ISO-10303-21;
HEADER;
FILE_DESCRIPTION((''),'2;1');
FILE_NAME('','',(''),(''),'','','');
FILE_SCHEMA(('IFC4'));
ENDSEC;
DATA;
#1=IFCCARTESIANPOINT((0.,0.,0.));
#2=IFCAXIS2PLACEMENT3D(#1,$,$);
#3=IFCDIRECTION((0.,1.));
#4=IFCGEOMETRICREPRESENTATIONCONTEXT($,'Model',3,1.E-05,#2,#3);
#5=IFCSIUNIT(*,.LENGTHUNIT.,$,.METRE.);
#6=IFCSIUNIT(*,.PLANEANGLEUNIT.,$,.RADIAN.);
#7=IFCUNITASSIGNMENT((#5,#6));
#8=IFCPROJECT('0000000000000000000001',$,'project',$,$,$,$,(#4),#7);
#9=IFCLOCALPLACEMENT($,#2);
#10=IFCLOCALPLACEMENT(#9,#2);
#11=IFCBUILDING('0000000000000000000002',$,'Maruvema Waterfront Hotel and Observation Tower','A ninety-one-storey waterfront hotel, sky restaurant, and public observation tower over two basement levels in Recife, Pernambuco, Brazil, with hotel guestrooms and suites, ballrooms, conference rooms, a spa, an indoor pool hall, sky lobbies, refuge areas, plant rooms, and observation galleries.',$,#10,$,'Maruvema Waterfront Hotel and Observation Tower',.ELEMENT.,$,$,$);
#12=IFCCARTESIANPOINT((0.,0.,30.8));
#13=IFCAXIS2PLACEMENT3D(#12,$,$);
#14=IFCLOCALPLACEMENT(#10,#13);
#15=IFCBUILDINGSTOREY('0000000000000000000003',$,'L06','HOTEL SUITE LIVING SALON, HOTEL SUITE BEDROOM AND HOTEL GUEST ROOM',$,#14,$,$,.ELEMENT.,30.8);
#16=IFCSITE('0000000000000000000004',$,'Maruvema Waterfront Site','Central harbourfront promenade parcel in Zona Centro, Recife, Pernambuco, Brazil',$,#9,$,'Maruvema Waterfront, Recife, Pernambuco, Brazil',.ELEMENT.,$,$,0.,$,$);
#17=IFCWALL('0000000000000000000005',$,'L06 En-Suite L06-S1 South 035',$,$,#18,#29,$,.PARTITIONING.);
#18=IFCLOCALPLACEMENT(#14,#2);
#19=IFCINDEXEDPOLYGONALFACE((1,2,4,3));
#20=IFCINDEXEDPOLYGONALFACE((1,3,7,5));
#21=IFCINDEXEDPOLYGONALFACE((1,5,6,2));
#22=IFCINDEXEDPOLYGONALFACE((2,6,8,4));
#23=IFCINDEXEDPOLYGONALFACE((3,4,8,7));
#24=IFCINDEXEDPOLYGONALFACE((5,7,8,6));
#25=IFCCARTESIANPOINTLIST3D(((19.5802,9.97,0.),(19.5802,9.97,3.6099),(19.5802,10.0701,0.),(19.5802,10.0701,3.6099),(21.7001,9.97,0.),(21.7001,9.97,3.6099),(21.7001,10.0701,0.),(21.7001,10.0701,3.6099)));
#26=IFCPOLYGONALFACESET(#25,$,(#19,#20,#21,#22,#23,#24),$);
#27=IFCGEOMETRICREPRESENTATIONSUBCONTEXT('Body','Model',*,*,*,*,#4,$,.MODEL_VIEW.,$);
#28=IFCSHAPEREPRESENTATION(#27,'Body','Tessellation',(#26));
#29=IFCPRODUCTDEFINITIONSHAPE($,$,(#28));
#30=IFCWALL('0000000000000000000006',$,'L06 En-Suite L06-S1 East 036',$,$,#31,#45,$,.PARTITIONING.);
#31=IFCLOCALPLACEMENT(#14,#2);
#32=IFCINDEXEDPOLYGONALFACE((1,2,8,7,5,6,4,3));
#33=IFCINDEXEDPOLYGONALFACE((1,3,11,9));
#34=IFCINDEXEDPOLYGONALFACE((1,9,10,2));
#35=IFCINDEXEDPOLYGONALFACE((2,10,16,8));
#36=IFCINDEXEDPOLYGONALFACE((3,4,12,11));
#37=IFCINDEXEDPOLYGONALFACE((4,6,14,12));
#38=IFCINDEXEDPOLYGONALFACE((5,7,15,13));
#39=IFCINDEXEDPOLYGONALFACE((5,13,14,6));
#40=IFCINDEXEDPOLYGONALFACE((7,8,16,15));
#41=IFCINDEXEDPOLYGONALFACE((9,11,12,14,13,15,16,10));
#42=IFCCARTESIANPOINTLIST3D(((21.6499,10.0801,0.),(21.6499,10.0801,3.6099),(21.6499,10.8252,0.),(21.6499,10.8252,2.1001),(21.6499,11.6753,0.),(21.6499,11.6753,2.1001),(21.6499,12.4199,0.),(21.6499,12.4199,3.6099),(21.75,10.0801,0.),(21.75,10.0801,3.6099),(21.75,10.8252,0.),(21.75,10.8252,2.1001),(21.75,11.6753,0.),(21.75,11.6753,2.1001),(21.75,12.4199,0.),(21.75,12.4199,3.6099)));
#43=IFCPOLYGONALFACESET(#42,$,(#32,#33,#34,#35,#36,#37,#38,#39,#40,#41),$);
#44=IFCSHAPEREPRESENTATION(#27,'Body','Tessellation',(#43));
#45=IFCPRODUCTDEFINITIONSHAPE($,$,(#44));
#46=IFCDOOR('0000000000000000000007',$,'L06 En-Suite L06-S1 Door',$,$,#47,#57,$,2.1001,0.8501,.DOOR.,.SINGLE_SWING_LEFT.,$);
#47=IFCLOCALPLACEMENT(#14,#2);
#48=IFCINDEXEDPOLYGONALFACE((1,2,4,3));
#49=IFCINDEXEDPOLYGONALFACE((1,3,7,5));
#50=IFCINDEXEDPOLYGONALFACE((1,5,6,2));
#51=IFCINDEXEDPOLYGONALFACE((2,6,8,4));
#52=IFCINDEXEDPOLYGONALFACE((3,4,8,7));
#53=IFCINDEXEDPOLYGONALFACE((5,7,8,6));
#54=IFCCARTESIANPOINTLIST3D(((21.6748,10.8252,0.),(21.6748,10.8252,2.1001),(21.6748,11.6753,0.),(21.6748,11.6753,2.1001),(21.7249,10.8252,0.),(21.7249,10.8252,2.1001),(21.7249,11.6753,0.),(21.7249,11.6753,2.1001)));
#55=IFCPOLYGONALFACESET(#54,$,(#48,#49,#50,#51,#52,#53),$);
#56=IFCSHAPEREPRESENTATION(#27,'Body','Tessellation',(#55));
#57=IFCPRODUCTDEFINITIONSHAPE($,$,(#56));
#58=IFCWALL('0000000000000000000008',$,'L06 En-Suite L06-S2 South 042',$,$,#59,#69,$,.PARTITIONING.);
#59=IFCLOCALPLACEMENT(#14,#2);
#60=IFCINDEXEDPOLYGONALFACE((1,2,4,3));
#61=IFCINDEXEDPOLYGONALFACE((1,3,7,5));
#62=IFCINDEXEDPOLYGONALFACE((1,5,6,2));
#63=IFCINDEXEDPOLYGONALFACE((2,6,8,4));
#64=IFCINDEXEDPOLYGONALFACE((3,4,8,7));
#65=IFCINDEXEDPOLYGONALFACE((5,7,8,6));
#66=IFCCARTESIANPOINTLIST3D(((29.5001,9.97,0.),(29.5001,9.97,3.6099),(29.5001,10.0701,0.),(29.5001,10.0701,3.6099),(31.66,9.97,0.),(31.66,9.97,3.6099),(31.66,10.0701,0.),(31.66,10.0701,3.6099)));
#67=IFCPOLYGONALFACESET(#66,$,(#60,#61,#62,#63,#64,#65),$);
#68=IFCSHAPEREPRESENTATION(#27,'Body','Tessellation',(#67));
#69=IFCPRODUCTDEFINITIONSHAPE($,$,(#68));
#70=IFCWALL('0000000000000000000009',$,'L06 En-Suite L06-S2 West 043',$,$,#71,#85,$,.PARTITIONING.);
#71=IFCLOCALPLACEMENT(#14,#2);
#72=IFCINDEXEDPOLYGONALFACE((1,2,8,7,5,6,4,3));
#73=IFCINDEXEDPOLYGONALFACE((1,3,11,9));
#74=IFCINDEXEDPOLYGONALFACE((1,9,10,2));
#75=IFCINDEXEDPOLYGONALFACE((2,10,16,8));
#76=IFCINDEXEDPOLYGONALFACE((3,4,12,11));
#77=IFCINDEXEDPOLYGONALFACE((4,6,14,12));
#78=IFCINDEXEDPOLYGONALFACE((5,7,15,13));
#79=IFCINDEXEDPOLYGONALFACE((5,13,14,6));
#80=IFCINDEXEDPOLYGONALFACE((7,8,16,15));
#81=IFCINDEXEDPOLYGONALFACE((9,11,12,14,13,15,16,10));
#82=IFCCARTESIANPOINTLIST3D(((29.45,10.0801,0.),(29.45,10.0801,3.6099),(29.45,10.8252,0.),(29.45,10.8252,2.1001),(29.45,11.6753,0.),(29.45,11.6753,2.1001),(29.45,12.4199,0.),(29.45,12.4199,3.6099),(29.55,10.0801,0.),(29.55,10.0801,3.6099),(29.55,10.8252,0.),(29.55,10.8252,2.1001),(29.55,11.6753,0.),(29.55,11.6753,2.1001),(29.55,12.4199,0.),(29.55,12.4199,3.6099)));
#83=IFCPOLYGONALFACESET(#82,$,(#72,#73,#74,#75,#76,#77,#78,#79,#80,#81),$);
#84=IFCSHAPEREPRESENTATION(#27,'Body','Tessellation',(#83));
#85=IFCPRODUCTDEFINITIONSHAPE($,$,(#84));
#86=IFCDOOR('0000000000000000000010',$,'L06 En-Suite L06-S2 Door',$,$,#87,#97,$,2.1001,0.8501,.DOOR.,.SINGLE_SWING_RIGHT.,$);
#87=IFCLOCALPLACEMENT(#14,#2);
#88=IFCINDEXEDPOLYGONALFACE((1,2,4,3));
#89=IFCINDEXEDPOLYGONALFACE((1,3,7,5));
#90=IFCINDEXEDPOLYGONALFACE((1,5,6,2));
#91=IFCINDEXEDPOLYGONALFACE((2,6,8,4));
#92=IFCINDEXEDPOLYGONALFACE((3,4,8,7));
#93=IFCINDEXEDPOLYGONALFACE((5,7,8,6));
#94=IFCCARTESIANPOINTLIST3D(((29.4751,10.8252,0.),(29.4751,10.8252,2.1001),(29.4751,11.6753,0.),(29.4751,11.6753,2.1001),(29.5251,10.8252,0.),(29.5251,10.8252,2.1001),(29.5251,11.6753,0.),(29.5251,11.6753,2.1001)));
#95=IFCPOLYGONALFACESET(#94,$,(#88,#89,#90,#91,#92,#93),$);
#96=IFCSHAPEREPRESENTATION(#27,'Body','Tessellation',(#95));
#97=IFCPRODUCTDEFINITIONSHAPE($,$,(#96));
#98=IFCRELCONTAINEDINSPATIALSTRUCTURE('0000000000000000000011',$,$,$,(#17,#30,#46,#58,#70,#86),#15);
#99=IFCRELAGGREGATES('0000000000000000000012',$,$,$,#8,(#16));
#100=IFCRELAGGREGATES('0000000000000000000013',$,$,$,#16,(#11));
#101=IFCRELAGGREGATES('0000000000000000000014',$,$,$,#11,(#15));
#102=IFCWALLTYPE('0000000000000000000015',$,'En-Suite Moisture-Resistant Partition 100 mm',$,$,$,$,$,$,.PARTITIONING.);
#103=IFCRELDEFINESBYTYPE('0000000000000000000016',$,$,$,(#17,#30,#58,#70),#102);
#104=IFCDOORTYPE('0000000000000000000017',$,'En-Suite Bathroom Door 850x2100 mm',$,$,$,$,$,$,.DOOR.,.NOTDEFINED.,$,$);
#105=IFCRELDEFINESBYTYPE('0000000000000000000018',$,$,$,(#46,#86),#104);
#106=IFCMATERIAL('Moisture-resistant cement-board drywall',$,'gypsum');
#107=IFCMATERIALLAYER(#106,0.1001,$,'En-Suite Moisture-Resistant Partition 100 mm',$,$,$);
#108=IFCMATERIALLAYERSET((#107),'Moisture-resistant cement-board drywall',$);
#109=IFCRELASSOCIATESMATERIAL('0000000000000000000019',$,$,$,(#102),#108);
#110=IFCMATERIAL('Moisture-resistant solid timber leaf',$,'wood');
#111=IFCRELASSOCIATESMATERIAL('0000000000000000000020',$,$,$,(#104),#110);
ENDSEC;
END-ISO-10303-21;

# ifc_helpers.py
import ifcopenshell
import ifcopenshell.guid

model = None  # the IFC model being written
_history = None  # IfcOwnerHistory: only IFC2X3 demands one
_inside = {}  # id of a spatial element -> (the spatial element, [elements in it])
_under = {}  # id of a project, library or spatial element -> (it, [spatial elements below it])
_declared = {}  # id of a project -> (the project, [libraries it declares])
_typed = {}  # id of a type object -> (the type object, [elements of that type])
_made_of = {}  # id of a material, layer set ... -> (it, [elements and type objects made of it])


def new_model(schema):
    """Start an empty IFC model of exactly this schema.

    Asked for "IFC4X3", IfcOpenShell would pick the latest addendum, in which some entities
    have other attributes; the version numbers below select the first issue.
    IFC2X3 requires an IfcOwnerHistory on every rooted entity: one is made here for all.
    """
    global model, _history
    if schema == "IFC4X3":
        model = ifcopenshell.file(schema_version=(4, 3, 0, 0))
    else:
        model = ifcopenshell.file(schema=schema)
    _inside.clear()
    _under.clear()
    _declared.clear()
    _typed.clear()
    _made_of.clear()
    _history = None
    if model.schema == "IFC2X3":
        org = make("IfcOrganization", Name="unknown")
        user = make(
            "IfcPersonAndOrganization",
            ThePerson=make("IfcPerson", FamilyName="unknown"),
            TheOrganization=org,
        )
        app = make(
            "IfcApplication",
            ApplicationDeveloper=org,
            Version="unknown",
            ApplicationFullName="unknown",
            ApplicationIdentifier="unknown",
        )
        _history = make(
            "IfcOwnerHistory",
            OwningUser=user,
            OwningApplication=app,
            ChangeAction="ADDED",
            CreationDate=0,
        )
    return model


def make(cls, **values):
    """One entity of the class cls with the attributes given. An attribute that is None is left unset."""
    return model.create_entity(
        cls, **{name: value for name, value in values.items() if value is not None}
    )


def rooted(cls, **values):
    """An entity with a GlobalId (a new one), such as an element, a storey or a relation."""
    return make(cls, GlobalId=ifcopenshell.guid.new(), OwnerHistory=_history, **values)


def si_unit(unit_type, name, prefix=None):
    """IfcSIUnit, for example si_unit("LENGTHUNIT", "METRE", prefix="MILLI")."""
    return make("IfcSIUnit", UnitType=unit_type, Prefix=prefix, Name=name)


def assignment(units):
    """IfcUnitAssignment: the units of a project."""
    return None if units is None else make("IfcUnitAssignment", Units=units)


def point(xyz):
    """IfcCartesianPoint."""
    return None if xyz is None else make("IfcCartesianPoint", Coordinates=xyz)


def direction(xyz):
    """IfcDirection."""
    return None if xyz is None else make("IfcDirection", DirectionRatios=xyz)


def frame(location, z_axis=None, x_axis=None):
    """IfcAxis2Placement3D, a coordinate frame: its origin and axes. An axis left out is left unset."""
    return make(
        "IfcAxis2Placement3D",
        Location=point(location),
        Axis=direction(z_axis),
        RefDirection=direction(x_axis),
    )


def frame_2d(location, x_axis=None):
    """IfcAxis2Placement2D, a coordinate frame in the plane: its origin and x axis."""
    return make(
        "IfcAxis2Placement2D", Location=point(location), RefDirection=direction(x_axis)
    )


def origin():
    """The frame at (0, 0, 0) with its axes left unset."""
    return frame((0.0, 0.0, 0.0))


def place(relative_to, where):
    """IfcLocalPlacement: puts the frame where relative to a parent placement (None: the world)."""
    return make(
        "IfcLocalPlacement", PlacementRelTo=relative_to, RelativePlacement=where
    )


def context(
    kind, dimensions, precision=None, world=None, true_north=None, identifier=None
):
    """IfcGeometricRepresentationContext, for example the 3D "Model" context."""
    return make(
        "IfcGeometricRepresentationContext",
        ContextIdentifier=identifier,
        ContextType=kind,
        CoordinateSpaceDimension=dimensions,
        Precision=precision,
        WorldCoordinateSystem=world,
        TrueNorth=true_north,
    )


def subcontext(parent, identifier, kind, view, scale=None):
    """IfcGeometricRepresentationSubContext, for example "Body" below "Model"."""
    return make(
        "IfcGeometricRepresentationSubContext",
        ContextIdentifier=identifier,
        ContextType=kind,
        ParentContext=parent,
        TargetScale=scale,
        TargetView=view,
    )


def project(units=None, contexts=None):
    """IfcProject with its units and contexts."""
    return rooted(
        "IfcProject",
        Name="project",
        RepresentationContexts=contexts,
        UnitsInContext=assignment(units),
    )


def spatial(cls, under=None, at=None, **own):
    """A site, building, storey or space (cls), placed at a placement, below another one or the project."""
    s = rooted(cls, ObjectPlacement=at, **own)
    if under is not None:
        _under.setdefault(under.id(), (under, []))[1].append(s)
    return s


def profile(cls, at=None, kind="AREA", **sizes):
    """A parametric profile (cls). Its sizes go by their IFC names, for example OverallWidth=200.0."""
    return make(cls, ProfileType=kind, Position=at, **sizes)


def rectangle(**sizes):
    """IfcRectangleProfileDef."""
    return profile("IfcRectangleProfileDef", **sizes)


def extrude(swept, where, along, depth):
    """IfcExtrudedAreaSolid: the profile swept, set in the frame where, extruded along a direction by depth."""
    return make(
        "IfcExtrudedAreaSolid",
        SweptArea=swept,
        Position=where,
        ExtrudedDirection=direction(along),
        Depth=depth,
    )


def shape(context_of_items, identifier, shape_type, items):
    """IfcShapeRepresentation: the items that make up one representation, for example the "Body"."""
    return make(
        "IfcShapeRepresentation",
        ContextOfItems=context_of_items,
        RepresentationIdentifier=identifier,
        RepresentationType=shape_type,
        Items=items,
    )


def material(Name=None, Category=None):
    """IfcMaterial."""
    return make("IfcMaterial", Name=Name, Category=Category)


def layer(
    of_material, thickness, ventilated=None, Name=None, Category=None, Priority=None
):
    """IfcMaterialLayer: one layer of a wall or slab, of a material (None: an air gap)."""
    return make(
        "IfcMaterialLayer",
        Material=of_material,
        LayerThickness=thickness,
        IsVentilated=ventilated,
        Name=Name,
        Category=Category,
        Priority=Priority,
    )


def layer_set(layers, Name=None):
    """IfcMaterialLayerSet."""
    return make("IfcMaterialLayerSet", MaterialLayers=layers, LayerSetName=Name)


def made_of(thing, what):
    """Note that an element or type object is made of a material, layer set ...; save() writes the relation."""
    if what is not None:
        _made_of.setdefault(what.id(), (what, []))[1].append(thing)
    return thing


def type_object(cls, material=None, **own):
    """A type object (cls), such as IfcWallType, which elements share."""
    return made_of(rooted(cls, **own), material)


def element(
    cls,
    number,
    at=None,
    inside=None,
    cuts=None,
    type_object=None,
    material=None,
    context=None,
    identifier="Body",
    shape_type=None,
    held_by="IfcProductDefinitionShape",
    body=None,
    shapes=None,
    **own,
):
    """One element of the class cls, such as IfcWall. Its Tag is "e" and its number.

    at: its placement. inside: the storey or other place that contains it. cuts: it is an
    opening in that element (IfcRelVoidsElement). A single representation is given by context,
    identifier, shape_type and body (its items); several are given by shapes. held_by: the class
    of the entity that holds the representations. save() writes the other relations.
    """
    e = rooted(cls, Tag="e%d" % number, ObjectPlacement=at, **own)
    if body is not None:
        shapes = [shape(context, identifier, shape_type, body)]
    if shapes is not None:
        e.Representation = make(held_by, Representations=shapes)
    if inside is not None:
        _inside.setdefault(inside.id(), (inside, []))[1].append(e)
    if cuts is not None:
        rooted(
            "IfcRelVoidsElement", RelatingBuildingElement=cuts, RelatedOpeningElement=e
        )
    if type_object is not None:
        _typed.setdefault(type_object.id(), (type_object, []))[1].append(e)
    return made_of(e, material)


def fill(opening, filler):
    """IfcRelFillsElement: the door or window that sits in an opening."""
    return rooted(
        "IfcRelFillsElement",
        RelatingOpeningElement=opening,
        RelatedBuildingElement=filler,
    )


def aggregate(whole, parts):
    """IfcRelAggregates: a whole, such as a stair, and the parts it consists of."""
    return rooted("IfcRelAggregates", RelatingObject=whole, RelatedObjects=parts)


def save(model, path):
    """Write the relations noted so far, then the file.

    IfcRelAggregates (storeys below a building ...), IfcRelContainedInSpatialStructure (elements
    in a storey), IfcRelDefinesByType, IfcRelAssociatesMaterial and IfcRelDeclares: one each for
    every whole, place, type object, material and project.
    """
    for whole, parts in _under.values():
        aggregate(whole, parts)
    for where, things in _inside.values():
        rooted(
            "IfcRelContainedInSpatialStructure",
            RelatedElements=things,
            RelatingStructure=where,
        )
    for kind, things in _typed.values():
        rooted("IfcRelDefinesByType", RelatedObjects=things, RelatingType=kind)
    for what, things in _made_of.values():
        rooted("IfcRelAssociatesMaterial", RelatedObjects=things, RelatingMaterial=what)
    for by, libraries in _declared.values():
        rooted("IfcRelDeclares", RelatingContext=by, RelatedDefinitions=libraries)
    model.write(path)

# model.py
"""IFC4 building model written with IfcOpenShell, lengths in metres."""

from ifc_helpers import new_model, si_unit, direction, frame, frame_2d, origin, place, context, subcontext, project, spatial, rectangle, extrude, material, layer, layer_set, type_object, element, fill, save


model = new_model("IFC4")

# Units and contexts
model_context = context("Model", 3, precision=1e-05, world=origin(), true_north=direction((0.0, 1.0)))
body_context = subcontext(model_context, "Body", "Model", "MODEL_VIEW")
ifc_project = project(units=[si_unit("LENGTHUNIT", "METRE"), si_unit("PLANEANGLEUNIT", "RADIAN")], contexts=[model_context])

# Site, building, storey
site_placement = place(None, origin())
site = spatial("IfcSite", under=ifc_project, at=site_placement, Name="Maruvema Waterfront Site", Description="Central harbourfront promenade parcel in Zona Centro, Recife, Pernambuco, Brazil", LongName="Maruvema Waterfront, Recife, Pernambuco, Brazil", CompositionType="ELEMENT", RefElevation=0.0)
building_placement = place(site_placement, origin())
building = spatial("IfcBuilding", under=site, at=building_placement, Name="Maruvema Waterfront Hotel and Observation Tower", Description="A ninety-one-storey waterfront hotel, sky restaurant, and public observation tower over two basement levels in Recife, Pernambuco, Brazil, with hotel guestrooms and suites, ballrooms, conference rooms, a spa, an indoor pool hall, sky lobbies, refuge areas, plant rooms, and observation galleries.", LongName="Maruvema Waterfront Hotel and Observation Tower", CompositionType="ELEMENT")
storey_placement = place(building_placement, frame((0.0, 0.0, 30.8)))
storey = spatial("IfcBuildingStorey", under=building, at=storey_placement, Name="L06", Description="HOTEL SUITE LIVING SALON, HOTEL SUITE BEDROOM AND HOTEL GUEST ROOM", CompositionType="ELEMENT", Elevation=30.8)

# Wall
ifc_material_1 = material(Name="Moisture-resistant cement-board drywall", Category="gypsum")
ifc_layer_1 = layer(ifc_material_1, 0.1001, Name="En-Suite Moisture-Resistant Partition 100 mm")
ifc_layer_set_1 = layer_set([ifc_layer_1], Name="Moisture-resistant cement-board drywall")
wall_type_1 = type_object("IfcWallType", Name="En-Suite Moisture-Resistant Partition 100 mm", PredefinedType="PARTITIONING", material=ifc_layer_set_1)
wall_1_placement = place(storey_placement, frame((19.5801, 10.02, 0.0), z_axis=(0.0, 0.0, 1.0), x_axis=(1.0, 0.0, 0.0)))
element("IfcWall", 1, at=wall_1_placement, inside=storey, type_object=wall_type_1, Name="L06 En-Suite L06-S1 South 035", PredefinedType="PARTITIONING", context=body_context, shape_type="SweptSolid", body=[
    extrude(rectangle(XDim=2.1199, YDim=0.1001, at=frame_2d((1.0601, 0.0))), origin(), (0.0, 0.0, 1.0), 3.6099),
])

# Wall, opening, door
wall_2_placement = place(storey_placement, frame((21.7, 10.0801, 0.0), z_axis=(0.0, 0.0, 1.0), x_axis=(0.0, 1.0, 0.0)))
wall_2 = element("IfcWall", 2, at=wall_2_placement, inside=storey, type_object=wall_type_1, Name="L06 En-Suite L06-S1 East 036", PredefinedType="PARTITIONING", context=body_context, shape_type="SweptSolid", body=[
    extrude(rectangle(XDim=2.3398, YDim=0.1001, at=frame_2d((1.1699, 0.0))), origin(), (0.0, 0.0, 1.0), 3.6099),
])
opening_1_placement = place(wall_2_placement, frame((0.7451, 0.0, 0.0)))
opening_1 = element("IfcOpeningElement", 3, at=opening_1_placement, cuts=wall_2, PredefinedType="OPENING", context=body_context, shape_type="SweptSolid", body=[
    extrude(rectangle(XDim=0.8501, YDim=2.1001, at=frame_2d((0.425, 1.05))), frame((0.0, 0.0601, 0.0), z_axis=(0.0, -1.0, 0.0), x_axis=(1.0, 0.0, 0.0)), (0.0, 0.0, 1.0), 0.1201),
])
ifc_material_2 = material(Name="Moisture-resistant solid timber leaf", Category="wood")
door_type_1 = type_object("IfcDoorType", Name="En-Suite Bathroom Door 850x2100 mm", OperationType="NOTDEFINED", PredefinedType="DOOR", material=ifc_material_2)
door_1_placement = place(opening_1_placement, frame((0.8501, 0.0, 0.0), z_axis=(0.0, 0.0, 1.0), x_axis=(-1.0, 0.0, 0.0)))
door_1 = element("IfcDoor", 4, at=door_1_placement, inside=storey, type_object=door_type_1, Name="L06 En-Suite L06-S1 Door", OperationType="SINGLE_SWING_LEFT", OverallHeight=2.1001, OverallWidth=0.8501, PredefinedType="DOOR", context=body_context, shape_type="SweptSolid", body=[
    extrude(rectangle(XDim=0.8501, YDim=2.1001, at=frame_2d((0.425, 1.05))), frame((0.0, 0.0249, 0.0), z_axis=(0.0, -1.0, 0.0), x_axis=(1.0, 0.0, 0.0)), (0.0, 0.0, 1.0), 0.05),
])
fill(opening_1, door_1)

# Wall
wall_3_placement = place(storey_placement, frame((29.5, 10.02, 0.0), z_axis=(0.0, 0.0, 1.0), x_axis=(1.0, 0.0, 0.0)))
element("IfcWall", 5, at=wall_3_placement, inside=storey, type_object=wall_type_1, Name="L06 En-Suite L06-S2 South 042", PredefinedType="PARTITIONING", context=body_context, shape_type="SweptSolid", body=[
    extrude(rectangle(XDim=2.1599, YDim=0.1001, at=frame_2d((1.0801, 0.0))), origin(), (0.0, 0.0, 1.0), 3.6099),
])

# Wall, opening, door
wall_4_placement = place(storey_placement, frame((29.5, 10.0801, 0.0), z_axis=(0.0, 0.0, 1.0), x_axis=(0.0, 1.0, 0.0)))
wall_4 = element("IfcWall", 6, at=wall_4_placement, inside=storey, type_object=wall_type_1, Name="L06 En-Suite L06-S2 West 043", PredefinedType="PARTITIONING", context=body_context, shape_type="SweptSolid", body=[
    extrude(rectangle(XDim=2.3398, YDim=0.1001, at=frame_2d((1.1699, 0.0))), origin(), (0.0, 0.0, 1.0), 3.6099),
])
opening_2_placement = place(wall_4_placement, frame((0.7451, 0.0, 0.0)))
opening_2 = element("IfcOpeningElement", 7, at=opening_2_placement, cuts=wall_4, PredefinedType="OPENING", context=body_context, shape_type="SweptSolid", body=[
    extrude(rectangle(XDim=0.8501, YDim=2.1001, at=frame_2d((0.425, 1.05))), frame((0.0, 0.0601, 0.0), z_axis=(0.0, -1.0, 0.0), x_axis=(1.0, 0.0, 0.0)), (0.0, 0.0, 1.0), 0.1201),
])
door_2_placement = place(opening_2_placement, origin())
door_2 = element("IfcDoor", 8, at=door_2_placement, inside=storey, type_object=door_type_1, Name="L06 En-Suite L06-S2 Door", OperationType="SINGLE_SWING_RIGHT", OverallHeight=2.1001, OverallWidth=0.8501, PredefinedType="DOOR", context=body_context, shape_type="SweptSolid", body=[
    extrude(rectangle(XDim=0.8501, YDim=2.1001, at=frame_2d((0.425, 1.05))), frame((0.0, 0.0249, 0.0), z_axis=(0.0, -1.0, 0.0), x_axis=(1.0, 0.0, 0.0)), (0.0, 0.0, 1.0), 0.05),
])
fill(opening_2, door_2)

save(model, "model.ifc")
